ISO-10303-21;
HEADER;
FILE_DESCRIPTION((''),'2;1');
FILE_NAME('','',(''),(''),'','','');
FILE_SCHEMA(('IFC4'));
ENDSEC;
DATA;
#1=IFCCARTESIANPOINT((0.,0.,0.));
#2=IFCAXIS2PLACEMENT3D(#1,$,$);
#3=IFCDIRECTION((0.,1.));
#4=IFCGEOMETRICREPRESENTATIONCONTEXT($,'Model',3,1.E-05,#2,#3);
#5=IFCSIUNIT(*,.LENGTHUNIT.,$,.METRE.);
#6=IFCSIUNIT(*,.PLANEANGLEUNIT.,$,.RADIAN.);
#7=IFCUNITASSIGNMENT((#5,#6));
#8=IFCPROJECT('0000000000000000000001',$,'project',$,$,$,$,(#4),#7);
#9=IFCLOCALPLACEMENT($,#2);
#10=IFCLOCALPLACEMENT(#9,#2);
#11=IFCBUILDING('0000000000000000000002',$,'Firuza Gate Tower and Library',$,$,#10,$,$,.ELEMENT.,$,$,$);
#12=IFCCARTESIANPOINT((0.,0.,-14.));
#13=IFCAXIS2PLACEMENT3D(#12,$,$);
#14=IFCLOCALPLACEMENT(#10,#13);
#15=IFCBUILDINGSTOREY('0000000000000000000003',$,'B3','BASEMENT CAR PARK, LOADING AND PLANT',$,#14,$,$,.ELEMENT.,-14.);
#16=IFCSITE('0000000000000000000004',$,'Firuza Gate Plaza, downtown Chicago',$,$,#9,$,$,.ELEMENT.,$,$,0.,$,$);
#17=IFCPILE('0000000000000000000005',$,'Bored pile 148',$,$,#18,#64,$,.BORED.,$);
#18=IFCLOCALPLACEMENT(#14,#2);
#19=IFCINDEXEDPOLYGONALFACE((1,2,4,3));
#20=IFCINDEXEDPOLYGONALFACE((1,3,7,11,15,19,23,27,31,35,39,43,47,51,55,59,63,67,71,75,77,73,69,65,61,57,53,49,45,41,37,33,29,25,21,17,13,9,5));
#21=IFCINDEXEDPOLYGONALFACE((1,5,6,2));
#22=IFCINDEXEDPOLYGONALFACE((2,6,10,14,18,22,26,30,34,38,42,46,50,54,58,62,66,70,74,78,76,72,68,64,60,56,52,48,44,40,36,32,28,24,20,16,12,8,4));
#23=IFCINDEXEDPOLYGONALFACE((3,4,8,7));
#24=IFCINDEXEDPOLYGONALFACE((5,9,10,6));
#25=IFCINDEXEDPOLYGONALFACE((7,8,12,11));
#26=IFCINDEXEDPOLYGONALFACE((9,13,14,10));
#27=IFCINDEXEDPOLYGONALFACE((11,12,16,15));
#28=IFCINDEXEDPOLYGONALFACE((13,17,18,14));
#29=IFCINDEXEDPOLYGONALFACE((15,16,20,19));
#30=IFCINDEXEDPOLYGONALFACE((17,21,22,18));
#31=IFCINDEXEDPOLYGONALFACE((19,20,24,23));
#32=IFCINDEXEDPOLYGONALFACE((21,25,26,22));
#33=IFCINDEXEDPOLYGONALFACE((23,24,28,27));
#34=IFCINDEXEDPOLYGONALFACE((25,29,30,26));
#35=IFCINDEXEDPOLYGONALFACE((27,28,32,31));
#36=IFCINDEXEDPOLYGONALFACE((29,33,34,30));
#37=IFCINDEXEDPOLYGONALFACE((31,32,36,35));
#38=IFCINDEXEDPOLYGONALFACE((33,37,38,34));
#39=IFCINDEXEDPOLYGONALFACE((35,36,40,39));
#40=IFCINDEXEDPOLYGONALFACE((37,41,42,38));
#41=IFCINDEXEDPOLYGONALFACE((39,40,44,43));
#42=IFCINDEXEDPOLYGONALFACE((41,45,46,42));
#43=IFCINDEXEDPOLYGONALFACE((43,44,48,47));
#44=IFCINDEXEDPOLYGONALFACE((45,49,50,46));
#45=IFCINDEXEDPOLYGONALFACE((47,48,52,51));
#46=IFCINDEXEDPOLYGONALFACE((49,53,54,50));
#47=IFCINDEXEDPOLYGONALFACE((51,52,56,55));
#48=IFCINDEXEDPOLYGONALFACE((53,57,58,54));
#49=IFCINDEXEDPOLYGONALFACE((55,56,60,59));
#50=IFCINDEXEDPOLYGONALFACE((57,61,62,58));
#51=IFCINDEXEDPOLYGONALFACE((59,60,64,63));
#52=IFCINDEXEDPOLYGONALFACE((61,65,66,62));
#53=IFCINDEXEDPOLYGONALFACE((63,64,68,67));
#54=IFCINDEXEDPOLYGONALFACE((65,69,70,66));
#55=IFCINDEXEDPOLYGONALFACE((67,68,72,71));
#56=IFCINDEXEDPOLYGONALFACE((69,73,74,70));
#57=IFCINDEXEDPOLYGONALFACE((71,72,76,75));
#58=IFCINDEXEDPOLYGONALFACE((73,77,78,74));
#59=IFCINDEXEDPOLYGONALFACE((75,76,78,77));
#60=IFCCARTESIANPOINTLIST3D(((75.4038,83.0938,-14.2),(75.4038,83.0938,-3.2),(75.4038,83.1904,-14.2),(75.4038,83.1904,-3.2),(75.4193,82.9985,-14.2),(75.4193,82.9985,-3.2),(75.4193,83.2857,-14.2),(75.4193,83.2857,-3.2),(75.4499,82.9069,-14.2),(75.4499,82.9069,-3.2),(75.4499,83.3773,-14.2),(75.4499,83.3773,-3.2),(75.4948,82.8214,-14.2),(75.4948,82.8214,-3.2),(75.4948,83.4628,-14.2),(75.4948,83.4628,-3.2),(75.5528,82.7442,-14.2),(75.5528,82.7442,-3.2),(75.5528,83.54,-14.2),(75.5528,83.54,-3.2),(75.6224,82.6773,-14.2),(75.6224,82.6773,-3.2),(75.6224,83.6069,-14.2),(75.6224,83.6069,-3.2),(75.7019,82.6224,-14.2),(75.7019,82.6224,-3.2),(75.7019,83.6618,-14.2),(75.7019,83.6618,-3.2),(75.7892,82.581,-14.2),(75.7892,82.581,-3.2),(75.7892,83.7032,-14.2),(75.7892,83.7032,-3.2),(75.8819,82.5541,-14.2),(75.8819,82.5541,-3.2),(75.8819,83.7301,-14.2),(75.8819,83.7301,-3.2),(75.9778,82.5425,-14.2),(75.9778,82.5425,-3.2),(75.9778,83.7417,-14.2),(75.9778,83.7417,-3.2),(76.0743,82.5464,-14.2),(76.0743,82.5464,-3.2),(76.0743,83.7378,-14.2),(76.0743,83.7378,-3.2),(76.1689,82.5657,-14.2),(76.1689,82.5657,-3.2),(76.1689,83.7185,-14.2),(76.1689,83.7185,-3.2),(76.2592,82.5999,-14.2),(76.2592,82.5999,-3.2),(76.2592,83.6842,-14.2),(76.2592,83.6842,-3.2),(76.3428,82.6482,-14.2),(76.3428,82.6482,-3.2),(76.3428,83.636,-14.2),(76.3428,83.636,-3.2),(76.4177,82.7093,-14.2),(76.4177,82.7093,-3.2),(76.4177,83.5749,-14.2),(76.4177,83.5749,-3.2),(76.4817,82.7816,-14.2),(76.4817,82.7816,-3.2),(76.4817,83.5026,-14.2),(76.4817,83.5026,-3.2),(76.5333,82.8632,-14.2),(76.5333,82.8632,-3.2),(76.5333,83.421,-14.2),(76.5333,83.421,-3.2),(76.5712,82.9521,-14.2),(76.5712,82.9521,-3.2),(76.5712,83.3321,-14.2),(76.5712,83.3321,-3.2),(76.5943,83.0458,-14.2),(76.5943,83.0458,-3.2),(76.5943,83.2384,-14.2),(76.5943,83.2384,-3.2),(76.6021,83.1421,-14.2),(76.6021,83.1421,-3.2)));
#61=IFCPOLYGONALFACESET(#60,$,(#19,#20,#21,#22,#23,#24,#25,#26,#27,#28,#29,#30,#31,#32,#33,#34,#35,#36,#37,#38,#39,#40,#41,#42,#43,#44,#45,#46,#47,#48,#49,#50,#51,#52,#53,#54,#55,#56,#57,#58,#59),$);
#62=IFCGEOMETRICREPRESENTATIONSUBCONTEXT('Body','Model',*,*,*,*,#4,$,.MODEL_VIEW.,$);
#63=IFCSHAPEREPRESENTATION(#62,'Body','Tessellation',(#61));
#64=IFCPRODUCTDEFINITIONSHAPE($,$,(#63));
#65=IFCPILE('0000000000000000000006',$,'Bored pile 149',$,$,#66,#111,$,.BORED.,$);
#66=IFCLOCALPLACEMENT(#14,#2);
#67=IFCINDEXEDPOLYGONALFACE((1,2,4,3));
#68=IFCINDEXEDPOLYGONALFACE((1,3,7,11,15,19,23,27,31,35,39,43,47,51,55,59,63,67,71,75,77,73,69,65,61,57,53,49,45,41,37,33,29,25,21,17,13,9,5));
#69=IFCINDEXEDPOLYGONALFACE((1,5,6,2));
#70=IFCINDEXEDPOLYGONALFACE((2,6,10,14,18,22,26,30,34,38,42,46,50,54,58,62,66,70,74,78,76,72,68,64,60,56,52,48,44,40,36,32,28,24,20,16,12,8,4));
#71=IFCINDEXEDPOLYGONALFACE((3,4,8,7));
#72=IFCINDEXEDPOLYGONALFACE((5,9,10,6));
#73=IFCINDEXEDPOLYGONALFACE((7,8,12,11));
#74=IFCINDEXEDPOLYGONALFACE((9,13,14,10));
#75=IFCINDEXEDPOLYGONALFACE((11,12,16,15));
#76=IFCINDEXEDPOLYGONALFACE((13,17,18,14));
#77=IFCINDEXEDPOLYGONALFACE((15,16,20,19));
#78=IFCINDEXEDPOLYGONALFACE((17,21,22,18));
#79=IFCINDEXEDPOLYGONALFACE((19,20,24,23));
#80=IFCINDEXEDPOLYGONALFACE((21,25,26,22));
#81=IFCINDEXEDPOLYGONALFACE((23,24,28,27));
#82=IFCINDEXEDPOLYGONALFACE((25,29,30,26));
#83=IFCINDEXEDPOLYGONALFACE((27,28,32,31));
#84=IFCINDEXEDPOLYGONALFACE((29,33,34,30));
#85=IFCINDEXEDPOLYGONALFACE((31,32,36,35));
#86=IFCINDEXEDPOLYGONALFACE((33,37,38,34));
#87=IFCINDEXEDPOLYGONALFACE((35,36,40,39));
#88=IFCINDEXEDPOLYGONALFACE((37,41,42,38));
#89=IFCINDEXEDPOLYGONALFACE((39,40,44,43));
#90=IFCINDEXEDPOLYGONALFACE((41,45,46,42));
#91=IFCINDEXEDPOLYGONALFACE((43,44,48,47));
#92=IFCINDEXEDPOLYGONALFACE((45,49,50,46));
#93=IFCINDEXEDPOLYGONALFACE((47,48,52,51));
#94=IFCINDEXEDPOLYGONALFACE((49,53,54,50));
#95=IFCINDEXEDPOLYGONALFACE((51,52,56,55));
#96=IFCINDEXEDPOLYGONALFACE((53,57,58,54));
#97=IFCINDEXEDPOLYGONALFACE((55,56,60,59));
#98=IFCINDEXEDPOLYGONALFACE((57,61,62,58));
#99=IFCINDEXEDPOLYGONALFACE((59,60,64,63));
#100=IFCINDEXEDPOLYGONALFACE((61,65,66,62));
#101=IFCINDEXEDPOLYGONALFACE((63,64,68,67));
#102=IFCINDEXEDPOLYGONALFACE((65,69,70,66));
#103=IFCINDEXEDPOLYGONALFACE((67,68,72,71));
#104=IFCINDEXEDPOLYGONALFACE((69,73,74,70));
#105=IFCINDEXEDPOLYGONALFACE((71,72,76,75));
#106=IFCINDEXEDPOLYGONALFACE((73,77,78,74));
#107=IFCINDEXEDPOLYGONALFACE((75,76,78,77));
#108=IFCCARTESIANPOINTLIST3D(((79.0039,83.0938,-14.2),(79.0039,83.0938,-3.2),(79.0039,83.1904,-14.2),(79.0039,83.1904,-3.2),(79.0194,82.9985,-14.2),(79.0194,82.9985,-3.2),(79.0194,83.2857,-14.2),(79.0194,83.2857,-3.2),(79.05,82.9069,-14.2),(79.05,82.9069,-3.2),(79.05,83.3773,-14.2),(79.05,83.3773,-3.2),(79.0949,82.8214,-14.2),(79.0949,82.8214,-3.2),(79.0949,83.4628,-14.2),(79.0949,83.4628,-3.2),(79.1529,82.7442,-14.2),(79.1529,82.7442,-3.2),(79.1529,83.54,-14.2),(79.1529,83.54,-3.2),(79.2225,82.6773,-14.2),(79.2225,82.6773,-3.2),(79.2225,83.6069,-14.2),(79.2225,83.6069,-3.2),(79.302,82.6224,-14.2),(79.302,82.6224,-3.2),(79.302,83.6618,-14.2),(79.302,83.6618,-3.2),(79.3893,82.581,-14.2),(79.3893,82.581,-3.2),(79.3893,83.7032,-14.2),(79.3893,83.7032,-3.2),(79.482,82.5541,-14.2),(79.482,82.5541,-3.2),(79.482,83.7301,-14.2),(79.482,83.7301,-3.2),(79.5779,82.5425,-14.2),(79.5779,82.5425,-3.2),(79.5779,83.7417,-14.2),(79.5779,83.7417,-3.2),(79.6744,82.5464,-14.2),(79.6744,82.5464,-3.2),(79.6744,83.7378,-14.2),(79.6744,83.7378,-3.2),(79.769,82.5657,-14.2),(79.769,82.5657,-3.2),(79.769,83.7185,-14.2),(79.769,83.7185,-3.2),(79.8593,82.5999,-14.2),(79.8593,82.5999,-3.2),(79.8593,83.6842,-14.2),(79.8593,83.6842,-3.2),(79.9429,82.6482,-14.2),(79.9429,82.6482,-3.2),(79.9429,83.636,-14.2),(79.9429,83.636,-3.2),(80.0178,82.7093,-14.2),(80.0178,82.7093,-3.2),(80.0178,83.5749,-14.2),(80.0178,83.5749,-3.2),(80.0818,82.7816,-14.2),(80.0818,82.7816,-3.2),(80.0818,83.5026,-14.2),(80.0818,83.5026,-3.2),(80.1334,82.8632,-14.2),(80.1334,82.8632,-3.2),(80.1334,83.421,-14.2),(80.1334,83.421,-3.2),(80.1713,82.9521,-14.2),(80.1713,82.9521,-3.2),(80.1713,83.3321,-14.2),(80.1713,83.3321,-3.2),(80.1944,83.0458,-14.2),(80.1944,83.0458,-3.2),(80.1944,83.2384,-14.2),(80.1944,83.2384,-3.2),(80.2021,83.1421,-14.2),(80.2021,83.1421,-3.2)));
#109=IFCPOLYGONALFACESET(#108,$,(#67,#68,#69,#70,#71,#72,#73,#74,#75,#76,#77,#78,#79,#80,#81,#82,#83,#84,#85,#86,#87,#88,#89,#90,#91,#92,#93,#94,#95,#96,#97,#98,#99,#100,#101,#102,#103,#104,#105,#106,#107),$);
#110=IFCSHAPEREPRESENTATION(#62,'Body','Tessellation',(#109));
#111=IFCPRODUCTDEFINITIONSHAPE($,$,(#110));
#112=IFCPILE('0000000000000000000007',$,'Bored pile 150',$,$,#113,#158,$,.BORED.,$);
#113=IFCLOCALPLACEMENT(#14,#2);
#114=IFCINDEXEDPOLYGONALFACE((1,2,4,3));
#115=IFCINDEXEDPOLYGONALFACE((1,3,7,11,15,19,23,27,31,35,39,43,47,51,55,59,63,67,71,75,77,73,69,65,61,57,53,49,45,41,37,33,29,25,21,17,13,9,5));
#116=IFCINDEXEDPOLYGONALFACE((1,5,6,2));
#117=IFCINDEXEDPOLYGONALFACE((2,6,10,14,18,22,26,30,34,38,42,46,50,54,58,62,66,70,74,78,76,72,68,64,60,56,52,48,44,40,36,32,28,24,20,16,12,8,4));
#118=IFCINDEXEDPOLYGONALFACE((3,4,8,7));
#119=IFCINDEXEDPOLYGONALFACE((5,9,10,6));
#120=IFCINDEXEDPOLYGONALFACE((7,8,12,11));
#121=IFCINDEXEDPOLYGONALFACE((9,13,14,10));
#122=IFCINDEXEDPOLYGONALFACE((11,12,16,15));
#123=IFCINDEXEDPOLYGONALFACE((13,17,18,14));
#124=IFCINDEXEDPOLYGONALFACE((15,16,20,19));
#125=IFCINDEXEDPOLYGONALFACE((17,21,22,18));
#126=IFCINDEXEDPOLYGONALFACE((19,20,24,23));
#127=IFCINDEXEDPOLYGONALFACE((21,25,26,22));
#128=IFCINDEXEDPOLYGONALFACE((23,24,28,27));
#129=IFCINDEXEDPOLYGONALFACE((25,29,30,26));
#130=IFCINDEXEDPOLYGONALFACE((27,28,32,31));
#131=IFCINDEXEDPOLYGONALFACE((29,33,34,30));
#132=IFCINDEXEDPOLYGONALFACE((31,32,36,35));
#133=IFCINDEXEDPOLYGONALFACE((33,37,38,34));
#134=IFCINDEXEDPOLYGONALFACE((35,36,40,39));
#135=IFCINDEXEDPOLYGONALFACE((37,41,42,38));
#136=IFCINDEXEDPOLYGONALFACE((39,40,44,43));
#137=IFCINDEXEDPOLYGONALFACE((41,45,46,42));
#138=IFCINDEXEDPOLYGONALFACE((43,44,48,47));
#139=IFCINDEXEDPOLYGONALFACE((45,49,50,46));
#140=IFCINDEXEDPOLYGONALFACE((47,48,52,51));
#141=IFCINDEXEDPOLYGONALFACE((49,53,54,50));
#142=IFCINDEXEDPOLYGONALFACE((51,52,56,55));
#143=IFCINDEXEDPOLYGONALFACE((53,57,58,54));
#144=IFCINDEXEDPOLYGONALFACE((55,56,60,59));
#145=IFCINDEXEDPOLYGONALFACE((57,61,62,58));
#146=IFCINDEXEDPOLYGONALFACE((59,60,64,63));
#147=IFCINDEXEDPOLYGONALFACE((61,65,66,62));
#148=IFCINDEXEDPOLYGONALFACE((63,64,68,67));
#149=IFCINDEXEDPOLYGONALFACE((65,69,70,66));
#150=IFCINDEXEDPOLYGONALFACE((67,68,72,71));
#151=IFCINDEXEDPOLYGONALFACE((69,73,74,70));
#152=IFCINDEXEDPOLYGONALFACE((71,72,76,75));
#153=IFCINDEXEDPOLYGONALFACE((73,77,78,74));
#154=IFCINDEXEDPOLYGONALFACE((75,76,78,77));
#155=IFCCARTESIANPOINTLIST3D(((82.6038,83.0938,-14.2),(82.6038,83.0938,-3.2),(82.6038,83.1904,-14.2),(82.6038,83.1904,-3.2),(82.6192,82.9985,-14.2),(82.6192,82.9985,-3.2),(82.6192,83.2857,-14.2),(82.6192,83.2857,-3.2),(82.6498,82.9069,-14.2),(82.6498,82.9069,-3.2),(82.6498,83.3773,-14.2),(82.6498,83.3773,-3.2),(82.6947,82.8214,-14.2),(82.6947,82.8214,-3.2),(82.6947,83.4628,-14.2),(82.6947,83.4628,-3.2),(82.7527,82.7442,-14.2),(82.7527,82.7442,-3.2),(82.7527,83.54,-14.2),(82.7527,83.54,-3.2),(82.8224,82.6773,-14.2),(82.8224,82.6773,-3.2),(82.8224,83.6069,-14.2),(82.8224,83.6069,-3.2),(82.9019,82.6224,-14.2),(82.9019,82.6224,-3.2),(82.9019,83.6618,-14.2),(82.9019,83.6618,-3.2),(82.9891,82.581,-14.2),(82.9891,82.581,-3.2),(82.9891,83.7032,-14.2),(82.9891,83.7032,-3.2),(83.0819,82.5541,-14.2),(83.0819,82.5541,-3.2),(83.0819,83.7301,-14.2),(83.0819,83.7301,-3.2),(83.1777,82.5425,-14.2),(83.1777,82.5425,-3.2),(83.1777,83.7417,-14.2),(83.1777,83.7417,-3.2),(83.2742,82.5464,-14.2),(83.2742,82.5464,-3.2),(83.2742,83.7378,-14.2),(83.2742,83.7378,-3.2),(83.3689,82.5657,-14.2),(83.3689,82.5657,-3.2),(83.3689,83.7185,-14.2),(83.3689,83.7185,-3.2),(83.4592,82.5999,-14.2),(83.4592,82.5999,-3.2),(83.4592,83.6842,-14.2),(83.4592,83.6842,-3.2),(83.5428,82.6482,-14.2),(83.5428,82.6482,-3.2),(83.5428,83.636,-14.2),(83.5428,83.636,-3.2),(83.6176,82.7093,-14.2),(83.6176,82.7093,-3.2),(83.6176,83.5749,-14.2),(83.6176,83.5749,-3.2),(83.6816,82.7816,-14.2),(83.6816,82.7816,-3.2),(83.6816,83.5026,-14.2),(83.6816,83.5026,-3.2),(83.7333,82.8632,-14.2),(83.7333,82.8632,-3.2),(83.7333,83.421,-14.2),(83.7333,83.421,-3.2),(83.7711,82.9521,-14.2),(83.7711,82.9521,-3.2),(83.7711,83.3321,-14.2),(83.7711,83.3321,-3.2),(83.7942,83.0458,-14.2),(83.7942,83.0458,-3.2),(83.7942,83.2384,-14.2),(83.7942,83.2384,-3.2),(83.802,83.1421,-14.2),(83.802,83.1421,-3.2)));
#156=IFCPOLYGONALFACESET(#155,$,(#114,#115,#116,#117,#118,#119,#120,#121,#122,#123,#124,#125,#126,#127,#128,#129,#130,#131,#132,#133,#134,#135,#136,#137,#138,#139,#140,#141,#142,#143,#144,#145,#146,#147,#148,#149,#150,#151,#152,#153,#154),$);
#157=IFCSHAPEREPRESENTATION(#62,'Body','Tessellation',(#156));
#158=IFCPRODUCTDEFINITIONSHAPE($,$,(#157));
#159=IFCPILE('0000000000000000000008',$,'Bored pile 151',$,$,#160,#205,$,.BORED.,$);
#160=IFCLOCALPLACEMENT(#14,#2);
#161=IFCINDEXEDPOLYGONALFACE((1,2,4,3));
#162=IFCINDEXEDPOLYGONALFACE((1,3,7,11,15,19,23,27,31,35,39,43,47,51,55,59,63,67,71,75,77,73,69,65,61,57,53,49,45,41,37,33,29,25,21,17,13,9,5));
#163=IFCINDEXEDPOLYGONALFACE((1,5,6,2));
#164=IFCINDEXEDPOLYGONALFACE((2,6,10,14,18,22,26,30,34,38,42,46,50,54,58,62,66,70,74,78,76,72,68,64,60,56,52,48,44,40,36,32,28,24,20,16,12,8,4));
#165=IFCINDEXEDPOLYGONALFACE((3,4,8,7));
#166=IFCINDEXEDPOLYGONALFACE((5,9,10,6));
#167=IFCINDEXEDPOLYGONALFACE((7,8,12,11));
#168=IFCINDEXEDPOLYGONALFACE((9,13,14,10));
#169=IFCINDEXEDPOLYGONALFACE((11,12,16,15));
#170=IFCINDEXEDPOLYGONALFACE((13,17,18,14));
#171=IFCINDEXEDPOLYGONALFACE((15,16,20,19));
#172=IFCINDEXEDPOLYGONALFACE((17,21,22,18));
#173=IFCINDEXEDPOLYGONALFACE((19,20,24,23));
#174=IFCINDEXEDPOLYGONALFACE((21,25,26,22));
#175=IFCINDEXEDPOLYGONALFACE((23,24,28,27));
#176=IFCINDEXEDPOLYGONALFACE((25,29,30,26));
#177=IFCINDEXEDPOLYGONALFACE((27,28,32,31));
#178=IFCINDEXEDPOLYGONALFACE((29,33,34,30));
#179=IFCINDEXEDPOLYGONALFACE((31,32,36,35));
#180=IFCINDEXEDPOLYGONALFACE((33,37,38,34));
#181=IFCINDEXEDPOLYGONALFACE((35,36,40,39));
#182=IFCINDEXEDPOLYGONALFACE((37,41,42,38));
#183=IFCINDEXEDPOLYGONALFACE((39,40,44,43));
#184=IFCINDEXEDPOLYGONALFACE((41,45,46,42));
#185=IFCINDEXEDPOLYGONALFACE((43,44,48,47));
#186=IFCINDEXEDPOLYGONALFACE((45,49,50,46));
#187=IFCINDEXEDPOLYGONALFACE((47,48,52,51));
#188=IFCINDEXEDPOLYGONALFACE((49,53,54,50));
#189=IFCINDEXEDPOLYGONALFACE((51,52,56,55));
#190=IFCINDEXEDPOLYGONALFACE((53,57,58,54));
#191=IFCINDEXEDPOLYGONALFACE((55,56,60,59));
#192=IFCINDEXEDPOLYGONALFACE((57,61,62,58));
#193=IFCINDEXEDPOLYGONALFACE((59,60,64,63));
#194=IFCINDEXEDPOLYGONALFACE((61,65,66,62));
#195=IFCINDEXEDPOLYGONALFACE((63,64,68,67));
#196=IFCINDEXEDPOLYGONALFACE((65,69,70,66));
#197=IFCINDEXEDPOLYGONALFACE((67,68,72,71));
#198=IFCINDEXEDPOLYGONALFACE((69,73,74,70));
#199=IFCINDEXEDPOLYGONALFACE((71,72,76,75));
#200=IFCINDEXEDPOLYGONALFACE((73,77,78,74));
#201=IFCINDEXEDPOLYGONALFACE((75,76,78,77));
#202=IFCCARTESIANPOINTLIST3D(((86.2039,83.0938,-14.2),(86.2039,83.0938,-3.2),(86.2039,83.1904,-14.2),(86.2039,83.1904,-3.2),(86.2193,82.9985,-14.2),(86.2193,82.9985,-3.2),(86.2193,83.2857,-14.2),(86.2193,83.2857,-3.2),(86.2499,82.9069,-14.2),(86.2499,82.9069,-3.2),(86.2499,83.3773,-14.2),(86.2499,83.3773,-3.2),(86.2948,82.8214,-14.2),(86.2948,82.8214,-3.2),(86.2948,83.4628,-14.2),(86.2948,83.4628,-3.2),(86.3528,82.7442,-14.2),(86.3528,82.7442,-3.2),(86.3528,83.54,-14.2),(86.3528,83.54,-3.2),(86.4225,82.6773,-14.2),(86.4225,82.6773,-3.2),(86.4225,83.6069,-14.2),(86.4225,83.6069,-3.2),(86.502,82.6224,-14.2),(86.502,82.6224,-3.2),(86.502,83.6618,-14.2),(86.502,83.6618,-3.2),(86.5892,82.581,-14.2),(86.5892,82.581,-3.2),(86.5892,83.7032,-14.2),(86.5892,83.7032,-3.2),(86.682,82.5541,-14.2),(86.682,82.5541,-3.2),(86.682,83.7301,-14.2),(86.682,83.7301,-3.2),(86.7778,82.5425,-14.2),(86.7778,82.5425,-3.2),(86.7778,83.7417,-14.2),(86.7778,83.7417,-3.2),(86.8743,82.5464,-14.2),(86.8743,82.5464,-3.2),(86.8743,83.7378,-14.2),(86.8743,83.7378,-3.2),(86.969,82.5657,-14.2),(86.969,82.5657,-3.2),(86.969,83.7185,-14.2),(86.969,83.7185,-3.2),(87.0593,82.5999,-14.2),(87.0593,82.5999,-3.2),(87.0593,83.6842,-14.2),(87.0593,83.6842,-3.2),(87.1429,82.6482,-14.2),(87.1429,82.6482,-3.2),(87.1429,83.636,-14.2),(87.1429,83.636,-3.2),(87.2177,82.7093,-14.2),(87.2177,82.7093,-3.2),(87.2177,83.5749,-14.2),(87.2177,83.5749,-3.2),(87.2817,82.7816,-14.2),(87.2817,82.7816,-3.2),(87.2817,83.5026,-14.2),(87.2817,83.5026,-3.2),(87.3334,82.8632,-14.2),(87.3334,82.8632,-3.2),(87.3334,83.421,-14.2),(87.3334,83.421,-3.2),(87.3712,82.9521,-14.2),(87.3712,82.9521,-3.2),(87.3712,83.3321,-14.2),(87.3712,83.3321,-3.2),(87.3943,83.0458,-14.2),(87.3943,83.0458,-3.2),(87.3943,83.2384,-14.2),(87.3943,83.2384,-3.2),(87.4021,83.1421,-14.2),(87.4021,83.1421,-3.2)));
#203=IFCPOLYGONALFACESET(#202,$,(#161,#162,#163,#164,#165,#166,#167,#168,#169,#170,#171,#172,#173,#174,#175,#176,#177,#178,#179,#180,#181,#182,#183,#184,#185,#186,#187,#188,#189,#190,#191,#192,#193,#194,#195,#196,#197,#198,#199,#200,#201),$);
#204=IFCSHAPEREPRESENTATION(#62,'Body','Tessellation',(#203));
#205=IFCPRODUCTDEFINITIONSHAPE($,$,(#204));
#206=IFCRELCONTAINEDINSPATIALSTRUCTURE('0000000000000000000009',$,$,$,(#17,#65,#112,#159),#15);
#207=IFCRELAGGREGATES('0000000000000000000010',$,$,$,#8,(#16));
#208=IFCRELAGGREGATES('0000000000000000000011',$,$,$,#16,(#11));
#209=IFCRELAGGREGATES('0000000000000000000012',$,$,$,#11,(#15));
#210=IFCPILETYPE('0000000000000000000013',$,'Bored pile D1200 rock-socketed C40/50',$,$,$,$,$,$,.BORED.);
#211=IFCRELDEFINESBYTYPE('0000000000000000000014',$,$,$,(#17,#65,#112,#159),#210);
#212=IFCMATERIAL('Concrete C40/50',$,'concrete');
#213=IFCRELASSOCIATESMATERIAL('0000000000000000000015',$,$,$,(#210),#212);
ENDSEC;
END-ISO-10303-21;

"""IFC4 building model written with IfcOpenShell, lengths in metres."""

from ifc_helpers import new_model, si_unit, direction, frame, origin, origin_2d, place, context, subcontext, project, spatial, circle, extrude, material, material_profile, profile_set, type_object, element, save


model = new_model("IFC4")

# Units and contexts
model_context = context("Model", 3, precision=1e-05, world=origin(), true_north=direction((0.0, 1.0)))
body_context = subcontext(model_context, "Body", "Model", "MODEL_VIEW")
ifc_project = project(units=[si_unit("LENGTHUNIT", "METRE"), si_unit("PLANEANGLEUNIT", "RADIAN")], contexts=[model_context])

# Site, building, storey
site_placement = place(None, origin())
site = spatial("IfcSite", under=ifc_project, at=site_placement, Name="Firuza Gate Plaza, downtown Chicago", CompositionType="ELEMENT", RefElevation=0.0)
building_placement = place(site_placement, origin())
building = spatial("IfcBuilding", under=site, at=building_placement, Name="Firuza Gate Tower and Library", CompositionType="ELEMENT")
storey_placement = place(building_placement, frame((0.0, 0.0, -14.0)))
storey = spatial("IfcBuildingStorey", under=building, at=storey_placement, Name="B3", Description="BASEMENT CAR PARK, LOADING AND PLANT", CompositionType="ELEMENT", Elevation=-14.0)

# Piles
ifc_material_1 = material(Name="Concrete C40/50", Category="concrete")
ifc_material_profile_1 = material_profile(ifc_material_1, circle(Radius=0.6001, at=origin_2d()))
ifc_profile_set_1 = profile_set([ifc_material_profile_1], Name="Concrete C40/50")
pile_type = type_object("IfcPileType", Name="Bored pile D1200 rock-socketed C40/50", PredefinedType="BORED", material=ifc_profile_set_1)
for number, where, z_axis, x_axis, name in (
    (1, (76.002, 83.1421, -3.2), (0.0, 0.0, -1.0), (1.0, 0.0, 0.0), "Bored pile 148"),
    (2, (79.6021, 83.1421, -3.2), (0.0, 0.0, -1.0), (1.0, 0.0, 0.0), "Bored pile 149"),
    (3, (83.2019, 83.1421, -3.2), (0.0, 0.0, -1.0), (1.0, 0.0, 0.0), "Bored pile 150"),
    (4, (86.802, 83.1421, -3.2), (0.0, 0.0, -1.0), (1.0, 0.0, 0.0), "Bored pile 151"),
):
    element("IfcPile", number, at=place(storey_placement, frame(where, z_axis=z_axis, x_axis=x_axis)), inside=storey, type_object=pile_type, Name=name, PredefinedType="BORED", context=body_context, shape_type="SweptSolid", body=[
        extrude(circle(Radius=0.6001, at=origin_2d()), origin(), (0.0, 0.0, 1.0), 11.0),
    ])

save(model, "model.ifc")
